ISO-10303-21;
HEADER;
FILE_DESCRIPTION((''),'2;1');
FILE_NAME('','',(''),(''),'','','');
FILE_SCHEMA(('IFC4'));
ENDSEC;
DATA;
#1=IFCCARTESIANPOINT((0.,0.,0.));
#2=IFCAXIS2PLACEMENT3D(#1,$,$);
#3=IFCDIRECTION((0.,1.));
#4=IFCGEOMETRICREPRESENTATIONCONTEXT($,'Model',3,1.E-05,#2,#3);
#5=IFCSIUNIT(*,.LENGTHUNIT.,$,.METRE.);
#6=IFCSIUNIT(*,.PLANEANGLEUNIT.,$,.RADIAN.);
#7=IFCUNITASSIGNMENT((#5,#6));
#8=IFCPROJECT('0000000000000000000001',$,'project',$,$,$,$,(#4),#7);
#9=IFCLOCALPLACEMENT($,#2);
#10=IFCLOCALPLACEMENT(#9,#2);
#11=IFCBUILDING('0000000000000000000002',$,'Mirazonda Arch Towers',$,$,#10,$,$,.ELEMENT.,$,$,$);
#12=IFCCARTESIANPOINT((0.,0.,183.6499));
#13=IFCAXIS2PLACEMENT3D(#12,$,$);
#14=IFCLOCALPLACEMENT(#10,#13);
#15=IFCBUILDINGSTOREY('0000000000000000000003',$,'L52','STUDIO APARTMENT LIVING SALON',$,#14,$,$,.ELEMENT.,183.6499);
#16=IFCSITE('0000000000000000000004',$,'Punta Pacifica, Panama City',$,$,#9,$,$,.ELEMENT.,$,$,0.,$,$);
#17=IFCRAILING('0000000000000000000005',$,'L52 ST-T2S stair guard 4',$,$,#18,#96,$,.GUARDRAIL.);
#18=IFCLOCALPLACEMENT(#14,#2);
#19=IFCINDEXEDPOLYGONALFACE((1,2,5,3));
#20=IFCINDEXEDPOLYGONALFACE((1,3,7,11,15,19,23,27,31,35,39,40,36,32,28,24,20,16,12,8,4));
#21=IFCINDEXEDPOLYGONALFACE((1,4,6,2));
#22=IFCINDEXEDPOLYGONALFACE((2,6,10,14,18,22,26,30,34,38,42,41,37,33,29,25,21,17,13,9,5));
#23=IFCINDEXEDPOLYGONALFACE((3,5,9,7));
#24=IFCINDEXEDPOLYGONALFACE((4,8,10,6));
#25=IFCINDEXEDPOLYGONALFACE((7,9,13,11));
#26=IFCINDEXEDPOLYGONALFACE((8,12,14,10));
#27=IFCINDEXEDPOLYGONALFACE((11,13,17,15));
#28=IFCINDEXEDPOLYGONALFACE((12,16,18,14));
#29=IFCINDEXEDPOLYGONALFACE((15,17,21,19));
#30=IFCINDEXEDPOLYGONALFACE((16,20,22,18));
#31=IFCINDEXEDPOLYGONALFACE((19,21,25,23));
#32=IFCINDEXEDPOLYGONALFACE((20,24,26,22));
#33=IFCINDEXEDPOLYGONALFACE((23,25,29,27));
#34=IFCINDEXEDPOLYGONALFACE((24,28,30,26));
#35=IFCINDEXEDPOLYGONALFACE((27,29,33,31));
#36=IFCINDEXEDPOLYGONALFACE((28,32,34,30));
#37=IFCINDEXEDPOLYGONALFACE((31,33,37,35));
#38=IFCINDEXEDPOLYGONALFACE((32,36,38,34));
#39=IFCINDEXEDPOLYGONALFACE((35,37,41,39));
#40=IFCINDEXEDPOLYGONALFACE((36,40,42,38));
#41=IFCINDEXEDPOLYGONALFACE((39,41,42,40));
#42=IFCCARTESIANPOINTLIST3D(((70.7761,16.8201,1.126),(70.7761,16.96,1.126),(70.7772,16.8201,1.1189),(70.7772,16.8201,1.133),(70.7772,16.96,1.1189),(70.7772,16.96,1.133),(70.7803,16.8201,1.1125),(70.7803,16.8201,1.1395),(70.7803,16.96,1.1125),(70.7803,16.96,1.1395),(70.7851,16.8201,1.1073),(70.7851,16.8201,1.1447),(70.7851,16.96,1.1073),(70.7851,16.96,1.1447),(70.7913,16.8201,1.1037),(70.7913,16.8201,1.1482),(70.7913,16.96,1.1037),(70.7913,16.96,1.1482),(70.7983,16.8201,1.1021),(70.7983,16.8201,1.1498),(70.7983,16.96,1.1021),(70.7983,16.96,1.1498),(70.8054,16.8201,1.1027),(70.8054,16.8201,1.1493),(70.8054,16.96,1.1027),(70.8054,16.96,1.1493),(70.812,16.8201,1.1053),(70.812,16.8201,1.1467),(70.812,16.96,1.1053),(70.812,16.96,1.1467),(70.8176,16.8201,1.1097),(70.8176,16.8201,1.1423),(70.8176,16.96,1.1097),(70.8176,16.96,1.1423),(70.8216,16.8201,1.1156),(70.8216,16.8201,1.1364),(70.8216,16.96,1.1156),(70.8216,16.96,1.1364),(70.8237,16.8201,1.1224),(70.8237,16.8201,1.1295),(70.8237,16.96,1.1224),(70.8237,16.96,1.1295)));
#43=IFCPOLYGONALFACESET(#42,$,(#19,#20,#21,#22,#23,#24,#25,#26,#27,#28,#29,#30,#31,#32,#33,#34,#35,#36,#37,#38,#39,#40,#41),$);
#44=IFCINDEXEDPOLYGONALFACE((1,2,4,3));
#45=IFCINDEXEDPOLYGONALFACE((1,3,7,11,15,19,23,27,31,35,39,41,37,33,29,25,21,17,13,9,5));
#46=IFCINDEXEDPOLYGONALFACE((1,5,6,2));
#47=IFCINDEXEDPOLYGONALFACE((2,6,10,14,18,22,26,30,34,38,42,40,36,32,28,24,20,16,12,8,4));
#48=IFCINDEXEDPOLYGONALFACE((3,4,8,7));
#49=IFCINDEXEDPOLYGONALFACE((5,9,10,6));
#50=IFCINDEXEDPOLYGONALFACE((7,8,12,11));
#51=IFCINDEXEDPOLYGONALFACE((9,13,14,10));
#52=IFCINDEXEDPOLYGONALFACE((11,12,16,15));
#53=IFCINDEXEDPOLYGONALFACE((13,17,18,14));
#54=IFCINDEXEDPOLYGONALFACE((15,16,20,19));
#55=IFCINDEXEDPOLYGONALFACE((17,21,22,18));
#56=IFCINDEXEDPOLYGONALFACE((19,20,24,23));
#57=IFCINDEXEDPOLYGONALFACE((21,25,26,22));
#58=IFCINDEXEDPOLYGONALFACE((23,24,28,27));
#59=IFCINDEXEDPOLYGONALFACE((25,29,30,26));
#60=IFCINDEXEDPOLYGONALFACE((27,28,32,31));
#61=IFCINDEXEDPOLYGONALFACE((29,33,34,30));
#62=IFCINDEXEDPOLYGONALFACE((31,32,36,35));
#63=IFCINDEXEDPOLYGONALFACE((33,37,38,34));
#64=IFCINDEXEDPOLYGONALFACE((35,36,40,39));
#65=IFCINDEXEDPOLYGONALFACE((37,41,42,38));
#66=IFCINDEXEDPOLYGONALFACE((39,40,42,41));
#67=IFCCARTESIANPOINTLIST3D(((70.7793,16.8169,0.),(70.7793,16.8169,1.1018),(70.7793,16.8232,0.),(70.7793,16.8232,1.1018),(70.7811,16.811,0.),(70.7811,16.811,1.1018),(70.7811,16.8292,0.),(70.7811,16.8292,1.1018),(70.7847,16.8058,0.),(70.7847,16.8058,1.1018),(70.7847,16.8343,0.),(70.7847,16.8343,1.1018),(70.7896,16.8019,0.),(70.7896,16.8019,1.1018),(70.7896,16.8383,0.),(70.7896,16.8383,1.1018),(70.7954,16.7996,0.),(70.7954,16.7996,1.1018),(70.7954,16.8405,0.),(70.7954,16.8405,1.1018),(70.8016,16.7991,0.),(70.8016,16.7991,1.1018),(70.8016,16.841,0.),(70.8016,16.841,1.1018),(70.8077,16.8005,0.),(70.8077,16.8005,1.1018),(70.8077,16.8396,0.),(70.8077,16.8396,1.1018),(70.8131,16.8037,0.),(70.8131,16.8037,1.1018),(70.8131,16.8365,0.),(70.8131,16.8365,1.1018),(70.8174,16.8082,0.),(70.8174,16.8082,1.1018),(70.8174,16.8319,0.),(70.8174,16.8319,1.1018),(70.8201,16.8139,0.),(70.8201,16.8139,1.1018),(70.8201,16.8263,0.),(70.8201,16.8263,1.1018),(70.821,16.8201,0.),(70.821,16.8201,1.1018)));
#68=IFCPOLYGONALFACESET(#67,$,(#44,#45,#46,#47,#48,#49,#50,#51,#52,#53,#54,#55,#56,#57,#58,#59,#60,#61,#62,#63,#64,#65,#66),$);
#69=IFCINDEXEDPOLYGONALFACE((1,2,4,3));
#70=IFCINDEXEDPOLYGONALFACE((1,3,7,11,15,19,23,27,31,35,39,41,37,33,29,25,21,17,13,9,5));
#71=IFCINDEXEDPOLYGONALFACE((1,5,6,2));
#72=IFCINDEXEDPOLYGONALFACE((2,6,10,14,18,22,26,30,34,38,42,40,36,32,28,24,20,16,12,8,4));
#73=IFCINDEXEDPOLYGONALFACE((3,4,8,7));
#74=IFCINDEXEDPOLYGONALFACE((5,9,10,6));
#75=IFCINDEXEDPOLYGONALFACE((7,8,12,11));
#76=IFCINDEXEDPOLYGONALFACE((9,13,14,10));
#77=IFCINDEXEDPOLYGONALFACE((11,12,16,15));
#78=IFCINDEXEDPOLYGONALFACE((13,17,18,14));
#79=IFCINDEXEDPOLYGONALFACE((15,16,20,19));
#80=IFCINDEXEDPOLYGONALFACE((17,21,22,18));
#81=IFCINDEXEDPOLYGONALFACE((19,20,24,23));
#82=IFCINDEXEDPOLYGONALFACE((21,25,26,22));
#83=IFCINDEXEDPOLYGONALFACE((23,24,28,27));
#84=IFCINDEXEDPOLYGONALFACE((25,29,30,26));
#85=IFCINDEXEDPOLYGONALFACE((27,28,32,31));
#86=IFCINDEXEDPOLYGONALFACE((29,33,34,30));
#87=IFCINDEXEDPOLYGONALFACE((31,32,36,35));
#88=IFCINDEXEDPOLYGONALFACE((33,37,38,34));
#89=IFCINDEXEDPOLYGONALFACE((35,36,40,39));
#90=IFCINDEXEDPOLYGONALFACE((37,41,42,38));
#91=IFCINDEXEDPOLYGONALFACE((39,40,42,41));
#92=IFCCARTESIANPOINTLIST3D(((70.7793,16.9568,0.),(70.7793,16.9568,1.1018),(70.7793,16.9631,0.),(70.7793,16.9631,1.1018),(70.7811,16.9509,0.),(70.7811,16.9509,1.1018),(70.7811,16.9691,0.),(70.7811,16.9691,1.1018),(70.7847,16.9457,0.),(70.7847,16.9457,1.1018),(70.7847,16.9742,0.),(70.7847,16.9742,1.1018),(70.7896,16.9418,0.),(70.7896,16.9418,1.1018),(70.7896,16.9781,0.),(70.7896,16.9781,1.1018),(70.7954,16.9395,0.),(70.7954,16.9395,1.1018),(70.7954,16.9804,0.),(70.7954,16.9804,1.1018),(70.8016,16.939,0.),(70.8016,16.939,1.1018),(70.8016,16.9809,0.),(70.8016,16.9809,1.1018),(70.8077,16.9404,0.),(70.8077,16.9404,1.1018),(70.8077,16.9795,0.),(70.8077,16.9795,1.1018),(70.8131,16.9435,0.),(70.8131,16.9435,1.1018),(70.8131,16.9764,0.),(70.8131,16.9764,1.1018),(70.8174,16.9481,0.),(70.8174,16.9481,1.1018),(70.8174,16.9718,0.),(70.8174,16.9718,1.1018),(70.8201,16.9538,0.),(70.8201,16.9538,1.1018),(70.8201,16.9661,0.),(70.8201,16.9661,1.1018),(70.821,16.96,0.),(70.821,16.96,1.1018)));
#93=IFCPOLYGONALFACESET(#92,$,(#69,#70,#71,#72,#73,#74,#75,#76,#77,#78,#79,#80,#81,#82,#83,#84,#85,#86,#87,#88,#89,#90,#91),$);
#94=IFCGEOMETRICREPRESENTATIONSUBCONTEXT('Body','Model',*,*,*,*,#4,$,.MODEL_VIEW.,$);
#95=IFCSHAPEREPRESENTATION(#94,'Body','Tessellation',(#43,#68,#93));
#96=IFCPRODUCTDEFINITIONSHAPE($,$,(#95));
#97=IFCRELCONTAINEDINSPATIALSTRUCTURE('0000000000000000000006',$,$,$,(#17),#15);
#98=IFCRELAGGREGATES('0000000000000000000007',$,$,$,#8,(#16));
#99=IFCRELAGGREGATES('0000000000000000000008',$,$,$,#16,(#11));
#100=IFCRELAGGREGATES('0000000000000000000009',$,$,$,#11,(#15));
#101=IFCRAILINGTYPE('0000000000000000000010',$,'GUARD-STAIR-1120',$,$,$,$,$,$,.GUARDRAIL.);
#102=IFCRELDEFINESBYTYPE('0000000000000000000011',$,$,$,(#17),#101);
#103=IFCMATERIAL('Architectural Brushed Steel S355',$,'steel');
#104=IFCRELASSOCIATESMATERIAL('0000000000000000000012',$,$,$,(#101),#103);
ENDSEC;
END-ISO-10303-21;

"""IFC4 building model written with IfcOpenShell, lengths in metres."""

from ifc_helpers import new_model, si_unit, direction, frame, origin, origin_2d, place, context, subcontext, project, spatial, circle, extrude, material, type_object, element, save


model = new_model("IFC4")

# Units and contexts
model_context = context("Model", 3, precision=1e-05, world=origin(), true_north=direction((0.0, 1.0)))
body_context = subcontext(model_context, "Body", "Model", "MODEL_VIEW")
ifc_project = project(units=[si_unit("LENGTHUNIT", "METRE"), si_unit("PLANEANGLEUNIT", "RADIAN")], contexts=[model_context])

# Site, building, storey
site_placement = place(None, origin())
site = spatial("IfcSite", under=ifc_project, at=site_placement, Name="Punta Pacifica, Panama City", CompositionType="ELEMENT", RefElevation=0.0)
building_placement = place(site_placement, origin())
building = spatial("IfcBuilding", under=site, at=building_placement, Name="Mirazonda Arch Towers", CompositionType="ELEMENT")
storey_placement = place(building_placement, frame((0.0, 0.0, 183.6499)))
storey = spatial("IfcBuildingStorey", under=building, at=storey_placement, Name="L52", Description="STUDIO APARTMENT LIVING SALON", CompositionType="ELEMENT", Elevation=183.6499)

# Shared definitions
ifc_material_1 = material(Name="Architectural Brushed Steel S355", Category="steel")

# Railing
railing_type_1 = type_object("IfcRailingType", Name="GUARD-STAIR-1120", PredefinedType="GUARDRAIL", material=ifc_material_1)
railing_1_placement = place(storey_placement, frame((70.8, 16.8201, 0.0)))
element("IfcRailing", 1, at=railing_1_placement, inside=storey, type_object=railing_type_1, Name="L52 ST-T2S stair guard 4", PredefinedType="GUARDRAIL", context=body_context, shape_type="SweptSolid", body=[
    extrude(circle(Radius=0.0239, at=origin_2d()), frame((0.0, 0.0, 1.126), z_axis=(0.0, 1.0, 0.0), x_axis=(-1.0, 0.0, 0.0)), (0.0, 0.0, 1.0), 0.1399),
    extrude(circle(Radius=0.021, at=origin_2d()), origin(), (0.0, 0.0, 1.0), 1.1018),
    extrude(circle(Radius=0.021, at=origin_2d()), frame((0.0, 0.1399, 0.0)), (0.0, 0.0, 1.0), 1.1018),
])

save(model, "model.ifc")
